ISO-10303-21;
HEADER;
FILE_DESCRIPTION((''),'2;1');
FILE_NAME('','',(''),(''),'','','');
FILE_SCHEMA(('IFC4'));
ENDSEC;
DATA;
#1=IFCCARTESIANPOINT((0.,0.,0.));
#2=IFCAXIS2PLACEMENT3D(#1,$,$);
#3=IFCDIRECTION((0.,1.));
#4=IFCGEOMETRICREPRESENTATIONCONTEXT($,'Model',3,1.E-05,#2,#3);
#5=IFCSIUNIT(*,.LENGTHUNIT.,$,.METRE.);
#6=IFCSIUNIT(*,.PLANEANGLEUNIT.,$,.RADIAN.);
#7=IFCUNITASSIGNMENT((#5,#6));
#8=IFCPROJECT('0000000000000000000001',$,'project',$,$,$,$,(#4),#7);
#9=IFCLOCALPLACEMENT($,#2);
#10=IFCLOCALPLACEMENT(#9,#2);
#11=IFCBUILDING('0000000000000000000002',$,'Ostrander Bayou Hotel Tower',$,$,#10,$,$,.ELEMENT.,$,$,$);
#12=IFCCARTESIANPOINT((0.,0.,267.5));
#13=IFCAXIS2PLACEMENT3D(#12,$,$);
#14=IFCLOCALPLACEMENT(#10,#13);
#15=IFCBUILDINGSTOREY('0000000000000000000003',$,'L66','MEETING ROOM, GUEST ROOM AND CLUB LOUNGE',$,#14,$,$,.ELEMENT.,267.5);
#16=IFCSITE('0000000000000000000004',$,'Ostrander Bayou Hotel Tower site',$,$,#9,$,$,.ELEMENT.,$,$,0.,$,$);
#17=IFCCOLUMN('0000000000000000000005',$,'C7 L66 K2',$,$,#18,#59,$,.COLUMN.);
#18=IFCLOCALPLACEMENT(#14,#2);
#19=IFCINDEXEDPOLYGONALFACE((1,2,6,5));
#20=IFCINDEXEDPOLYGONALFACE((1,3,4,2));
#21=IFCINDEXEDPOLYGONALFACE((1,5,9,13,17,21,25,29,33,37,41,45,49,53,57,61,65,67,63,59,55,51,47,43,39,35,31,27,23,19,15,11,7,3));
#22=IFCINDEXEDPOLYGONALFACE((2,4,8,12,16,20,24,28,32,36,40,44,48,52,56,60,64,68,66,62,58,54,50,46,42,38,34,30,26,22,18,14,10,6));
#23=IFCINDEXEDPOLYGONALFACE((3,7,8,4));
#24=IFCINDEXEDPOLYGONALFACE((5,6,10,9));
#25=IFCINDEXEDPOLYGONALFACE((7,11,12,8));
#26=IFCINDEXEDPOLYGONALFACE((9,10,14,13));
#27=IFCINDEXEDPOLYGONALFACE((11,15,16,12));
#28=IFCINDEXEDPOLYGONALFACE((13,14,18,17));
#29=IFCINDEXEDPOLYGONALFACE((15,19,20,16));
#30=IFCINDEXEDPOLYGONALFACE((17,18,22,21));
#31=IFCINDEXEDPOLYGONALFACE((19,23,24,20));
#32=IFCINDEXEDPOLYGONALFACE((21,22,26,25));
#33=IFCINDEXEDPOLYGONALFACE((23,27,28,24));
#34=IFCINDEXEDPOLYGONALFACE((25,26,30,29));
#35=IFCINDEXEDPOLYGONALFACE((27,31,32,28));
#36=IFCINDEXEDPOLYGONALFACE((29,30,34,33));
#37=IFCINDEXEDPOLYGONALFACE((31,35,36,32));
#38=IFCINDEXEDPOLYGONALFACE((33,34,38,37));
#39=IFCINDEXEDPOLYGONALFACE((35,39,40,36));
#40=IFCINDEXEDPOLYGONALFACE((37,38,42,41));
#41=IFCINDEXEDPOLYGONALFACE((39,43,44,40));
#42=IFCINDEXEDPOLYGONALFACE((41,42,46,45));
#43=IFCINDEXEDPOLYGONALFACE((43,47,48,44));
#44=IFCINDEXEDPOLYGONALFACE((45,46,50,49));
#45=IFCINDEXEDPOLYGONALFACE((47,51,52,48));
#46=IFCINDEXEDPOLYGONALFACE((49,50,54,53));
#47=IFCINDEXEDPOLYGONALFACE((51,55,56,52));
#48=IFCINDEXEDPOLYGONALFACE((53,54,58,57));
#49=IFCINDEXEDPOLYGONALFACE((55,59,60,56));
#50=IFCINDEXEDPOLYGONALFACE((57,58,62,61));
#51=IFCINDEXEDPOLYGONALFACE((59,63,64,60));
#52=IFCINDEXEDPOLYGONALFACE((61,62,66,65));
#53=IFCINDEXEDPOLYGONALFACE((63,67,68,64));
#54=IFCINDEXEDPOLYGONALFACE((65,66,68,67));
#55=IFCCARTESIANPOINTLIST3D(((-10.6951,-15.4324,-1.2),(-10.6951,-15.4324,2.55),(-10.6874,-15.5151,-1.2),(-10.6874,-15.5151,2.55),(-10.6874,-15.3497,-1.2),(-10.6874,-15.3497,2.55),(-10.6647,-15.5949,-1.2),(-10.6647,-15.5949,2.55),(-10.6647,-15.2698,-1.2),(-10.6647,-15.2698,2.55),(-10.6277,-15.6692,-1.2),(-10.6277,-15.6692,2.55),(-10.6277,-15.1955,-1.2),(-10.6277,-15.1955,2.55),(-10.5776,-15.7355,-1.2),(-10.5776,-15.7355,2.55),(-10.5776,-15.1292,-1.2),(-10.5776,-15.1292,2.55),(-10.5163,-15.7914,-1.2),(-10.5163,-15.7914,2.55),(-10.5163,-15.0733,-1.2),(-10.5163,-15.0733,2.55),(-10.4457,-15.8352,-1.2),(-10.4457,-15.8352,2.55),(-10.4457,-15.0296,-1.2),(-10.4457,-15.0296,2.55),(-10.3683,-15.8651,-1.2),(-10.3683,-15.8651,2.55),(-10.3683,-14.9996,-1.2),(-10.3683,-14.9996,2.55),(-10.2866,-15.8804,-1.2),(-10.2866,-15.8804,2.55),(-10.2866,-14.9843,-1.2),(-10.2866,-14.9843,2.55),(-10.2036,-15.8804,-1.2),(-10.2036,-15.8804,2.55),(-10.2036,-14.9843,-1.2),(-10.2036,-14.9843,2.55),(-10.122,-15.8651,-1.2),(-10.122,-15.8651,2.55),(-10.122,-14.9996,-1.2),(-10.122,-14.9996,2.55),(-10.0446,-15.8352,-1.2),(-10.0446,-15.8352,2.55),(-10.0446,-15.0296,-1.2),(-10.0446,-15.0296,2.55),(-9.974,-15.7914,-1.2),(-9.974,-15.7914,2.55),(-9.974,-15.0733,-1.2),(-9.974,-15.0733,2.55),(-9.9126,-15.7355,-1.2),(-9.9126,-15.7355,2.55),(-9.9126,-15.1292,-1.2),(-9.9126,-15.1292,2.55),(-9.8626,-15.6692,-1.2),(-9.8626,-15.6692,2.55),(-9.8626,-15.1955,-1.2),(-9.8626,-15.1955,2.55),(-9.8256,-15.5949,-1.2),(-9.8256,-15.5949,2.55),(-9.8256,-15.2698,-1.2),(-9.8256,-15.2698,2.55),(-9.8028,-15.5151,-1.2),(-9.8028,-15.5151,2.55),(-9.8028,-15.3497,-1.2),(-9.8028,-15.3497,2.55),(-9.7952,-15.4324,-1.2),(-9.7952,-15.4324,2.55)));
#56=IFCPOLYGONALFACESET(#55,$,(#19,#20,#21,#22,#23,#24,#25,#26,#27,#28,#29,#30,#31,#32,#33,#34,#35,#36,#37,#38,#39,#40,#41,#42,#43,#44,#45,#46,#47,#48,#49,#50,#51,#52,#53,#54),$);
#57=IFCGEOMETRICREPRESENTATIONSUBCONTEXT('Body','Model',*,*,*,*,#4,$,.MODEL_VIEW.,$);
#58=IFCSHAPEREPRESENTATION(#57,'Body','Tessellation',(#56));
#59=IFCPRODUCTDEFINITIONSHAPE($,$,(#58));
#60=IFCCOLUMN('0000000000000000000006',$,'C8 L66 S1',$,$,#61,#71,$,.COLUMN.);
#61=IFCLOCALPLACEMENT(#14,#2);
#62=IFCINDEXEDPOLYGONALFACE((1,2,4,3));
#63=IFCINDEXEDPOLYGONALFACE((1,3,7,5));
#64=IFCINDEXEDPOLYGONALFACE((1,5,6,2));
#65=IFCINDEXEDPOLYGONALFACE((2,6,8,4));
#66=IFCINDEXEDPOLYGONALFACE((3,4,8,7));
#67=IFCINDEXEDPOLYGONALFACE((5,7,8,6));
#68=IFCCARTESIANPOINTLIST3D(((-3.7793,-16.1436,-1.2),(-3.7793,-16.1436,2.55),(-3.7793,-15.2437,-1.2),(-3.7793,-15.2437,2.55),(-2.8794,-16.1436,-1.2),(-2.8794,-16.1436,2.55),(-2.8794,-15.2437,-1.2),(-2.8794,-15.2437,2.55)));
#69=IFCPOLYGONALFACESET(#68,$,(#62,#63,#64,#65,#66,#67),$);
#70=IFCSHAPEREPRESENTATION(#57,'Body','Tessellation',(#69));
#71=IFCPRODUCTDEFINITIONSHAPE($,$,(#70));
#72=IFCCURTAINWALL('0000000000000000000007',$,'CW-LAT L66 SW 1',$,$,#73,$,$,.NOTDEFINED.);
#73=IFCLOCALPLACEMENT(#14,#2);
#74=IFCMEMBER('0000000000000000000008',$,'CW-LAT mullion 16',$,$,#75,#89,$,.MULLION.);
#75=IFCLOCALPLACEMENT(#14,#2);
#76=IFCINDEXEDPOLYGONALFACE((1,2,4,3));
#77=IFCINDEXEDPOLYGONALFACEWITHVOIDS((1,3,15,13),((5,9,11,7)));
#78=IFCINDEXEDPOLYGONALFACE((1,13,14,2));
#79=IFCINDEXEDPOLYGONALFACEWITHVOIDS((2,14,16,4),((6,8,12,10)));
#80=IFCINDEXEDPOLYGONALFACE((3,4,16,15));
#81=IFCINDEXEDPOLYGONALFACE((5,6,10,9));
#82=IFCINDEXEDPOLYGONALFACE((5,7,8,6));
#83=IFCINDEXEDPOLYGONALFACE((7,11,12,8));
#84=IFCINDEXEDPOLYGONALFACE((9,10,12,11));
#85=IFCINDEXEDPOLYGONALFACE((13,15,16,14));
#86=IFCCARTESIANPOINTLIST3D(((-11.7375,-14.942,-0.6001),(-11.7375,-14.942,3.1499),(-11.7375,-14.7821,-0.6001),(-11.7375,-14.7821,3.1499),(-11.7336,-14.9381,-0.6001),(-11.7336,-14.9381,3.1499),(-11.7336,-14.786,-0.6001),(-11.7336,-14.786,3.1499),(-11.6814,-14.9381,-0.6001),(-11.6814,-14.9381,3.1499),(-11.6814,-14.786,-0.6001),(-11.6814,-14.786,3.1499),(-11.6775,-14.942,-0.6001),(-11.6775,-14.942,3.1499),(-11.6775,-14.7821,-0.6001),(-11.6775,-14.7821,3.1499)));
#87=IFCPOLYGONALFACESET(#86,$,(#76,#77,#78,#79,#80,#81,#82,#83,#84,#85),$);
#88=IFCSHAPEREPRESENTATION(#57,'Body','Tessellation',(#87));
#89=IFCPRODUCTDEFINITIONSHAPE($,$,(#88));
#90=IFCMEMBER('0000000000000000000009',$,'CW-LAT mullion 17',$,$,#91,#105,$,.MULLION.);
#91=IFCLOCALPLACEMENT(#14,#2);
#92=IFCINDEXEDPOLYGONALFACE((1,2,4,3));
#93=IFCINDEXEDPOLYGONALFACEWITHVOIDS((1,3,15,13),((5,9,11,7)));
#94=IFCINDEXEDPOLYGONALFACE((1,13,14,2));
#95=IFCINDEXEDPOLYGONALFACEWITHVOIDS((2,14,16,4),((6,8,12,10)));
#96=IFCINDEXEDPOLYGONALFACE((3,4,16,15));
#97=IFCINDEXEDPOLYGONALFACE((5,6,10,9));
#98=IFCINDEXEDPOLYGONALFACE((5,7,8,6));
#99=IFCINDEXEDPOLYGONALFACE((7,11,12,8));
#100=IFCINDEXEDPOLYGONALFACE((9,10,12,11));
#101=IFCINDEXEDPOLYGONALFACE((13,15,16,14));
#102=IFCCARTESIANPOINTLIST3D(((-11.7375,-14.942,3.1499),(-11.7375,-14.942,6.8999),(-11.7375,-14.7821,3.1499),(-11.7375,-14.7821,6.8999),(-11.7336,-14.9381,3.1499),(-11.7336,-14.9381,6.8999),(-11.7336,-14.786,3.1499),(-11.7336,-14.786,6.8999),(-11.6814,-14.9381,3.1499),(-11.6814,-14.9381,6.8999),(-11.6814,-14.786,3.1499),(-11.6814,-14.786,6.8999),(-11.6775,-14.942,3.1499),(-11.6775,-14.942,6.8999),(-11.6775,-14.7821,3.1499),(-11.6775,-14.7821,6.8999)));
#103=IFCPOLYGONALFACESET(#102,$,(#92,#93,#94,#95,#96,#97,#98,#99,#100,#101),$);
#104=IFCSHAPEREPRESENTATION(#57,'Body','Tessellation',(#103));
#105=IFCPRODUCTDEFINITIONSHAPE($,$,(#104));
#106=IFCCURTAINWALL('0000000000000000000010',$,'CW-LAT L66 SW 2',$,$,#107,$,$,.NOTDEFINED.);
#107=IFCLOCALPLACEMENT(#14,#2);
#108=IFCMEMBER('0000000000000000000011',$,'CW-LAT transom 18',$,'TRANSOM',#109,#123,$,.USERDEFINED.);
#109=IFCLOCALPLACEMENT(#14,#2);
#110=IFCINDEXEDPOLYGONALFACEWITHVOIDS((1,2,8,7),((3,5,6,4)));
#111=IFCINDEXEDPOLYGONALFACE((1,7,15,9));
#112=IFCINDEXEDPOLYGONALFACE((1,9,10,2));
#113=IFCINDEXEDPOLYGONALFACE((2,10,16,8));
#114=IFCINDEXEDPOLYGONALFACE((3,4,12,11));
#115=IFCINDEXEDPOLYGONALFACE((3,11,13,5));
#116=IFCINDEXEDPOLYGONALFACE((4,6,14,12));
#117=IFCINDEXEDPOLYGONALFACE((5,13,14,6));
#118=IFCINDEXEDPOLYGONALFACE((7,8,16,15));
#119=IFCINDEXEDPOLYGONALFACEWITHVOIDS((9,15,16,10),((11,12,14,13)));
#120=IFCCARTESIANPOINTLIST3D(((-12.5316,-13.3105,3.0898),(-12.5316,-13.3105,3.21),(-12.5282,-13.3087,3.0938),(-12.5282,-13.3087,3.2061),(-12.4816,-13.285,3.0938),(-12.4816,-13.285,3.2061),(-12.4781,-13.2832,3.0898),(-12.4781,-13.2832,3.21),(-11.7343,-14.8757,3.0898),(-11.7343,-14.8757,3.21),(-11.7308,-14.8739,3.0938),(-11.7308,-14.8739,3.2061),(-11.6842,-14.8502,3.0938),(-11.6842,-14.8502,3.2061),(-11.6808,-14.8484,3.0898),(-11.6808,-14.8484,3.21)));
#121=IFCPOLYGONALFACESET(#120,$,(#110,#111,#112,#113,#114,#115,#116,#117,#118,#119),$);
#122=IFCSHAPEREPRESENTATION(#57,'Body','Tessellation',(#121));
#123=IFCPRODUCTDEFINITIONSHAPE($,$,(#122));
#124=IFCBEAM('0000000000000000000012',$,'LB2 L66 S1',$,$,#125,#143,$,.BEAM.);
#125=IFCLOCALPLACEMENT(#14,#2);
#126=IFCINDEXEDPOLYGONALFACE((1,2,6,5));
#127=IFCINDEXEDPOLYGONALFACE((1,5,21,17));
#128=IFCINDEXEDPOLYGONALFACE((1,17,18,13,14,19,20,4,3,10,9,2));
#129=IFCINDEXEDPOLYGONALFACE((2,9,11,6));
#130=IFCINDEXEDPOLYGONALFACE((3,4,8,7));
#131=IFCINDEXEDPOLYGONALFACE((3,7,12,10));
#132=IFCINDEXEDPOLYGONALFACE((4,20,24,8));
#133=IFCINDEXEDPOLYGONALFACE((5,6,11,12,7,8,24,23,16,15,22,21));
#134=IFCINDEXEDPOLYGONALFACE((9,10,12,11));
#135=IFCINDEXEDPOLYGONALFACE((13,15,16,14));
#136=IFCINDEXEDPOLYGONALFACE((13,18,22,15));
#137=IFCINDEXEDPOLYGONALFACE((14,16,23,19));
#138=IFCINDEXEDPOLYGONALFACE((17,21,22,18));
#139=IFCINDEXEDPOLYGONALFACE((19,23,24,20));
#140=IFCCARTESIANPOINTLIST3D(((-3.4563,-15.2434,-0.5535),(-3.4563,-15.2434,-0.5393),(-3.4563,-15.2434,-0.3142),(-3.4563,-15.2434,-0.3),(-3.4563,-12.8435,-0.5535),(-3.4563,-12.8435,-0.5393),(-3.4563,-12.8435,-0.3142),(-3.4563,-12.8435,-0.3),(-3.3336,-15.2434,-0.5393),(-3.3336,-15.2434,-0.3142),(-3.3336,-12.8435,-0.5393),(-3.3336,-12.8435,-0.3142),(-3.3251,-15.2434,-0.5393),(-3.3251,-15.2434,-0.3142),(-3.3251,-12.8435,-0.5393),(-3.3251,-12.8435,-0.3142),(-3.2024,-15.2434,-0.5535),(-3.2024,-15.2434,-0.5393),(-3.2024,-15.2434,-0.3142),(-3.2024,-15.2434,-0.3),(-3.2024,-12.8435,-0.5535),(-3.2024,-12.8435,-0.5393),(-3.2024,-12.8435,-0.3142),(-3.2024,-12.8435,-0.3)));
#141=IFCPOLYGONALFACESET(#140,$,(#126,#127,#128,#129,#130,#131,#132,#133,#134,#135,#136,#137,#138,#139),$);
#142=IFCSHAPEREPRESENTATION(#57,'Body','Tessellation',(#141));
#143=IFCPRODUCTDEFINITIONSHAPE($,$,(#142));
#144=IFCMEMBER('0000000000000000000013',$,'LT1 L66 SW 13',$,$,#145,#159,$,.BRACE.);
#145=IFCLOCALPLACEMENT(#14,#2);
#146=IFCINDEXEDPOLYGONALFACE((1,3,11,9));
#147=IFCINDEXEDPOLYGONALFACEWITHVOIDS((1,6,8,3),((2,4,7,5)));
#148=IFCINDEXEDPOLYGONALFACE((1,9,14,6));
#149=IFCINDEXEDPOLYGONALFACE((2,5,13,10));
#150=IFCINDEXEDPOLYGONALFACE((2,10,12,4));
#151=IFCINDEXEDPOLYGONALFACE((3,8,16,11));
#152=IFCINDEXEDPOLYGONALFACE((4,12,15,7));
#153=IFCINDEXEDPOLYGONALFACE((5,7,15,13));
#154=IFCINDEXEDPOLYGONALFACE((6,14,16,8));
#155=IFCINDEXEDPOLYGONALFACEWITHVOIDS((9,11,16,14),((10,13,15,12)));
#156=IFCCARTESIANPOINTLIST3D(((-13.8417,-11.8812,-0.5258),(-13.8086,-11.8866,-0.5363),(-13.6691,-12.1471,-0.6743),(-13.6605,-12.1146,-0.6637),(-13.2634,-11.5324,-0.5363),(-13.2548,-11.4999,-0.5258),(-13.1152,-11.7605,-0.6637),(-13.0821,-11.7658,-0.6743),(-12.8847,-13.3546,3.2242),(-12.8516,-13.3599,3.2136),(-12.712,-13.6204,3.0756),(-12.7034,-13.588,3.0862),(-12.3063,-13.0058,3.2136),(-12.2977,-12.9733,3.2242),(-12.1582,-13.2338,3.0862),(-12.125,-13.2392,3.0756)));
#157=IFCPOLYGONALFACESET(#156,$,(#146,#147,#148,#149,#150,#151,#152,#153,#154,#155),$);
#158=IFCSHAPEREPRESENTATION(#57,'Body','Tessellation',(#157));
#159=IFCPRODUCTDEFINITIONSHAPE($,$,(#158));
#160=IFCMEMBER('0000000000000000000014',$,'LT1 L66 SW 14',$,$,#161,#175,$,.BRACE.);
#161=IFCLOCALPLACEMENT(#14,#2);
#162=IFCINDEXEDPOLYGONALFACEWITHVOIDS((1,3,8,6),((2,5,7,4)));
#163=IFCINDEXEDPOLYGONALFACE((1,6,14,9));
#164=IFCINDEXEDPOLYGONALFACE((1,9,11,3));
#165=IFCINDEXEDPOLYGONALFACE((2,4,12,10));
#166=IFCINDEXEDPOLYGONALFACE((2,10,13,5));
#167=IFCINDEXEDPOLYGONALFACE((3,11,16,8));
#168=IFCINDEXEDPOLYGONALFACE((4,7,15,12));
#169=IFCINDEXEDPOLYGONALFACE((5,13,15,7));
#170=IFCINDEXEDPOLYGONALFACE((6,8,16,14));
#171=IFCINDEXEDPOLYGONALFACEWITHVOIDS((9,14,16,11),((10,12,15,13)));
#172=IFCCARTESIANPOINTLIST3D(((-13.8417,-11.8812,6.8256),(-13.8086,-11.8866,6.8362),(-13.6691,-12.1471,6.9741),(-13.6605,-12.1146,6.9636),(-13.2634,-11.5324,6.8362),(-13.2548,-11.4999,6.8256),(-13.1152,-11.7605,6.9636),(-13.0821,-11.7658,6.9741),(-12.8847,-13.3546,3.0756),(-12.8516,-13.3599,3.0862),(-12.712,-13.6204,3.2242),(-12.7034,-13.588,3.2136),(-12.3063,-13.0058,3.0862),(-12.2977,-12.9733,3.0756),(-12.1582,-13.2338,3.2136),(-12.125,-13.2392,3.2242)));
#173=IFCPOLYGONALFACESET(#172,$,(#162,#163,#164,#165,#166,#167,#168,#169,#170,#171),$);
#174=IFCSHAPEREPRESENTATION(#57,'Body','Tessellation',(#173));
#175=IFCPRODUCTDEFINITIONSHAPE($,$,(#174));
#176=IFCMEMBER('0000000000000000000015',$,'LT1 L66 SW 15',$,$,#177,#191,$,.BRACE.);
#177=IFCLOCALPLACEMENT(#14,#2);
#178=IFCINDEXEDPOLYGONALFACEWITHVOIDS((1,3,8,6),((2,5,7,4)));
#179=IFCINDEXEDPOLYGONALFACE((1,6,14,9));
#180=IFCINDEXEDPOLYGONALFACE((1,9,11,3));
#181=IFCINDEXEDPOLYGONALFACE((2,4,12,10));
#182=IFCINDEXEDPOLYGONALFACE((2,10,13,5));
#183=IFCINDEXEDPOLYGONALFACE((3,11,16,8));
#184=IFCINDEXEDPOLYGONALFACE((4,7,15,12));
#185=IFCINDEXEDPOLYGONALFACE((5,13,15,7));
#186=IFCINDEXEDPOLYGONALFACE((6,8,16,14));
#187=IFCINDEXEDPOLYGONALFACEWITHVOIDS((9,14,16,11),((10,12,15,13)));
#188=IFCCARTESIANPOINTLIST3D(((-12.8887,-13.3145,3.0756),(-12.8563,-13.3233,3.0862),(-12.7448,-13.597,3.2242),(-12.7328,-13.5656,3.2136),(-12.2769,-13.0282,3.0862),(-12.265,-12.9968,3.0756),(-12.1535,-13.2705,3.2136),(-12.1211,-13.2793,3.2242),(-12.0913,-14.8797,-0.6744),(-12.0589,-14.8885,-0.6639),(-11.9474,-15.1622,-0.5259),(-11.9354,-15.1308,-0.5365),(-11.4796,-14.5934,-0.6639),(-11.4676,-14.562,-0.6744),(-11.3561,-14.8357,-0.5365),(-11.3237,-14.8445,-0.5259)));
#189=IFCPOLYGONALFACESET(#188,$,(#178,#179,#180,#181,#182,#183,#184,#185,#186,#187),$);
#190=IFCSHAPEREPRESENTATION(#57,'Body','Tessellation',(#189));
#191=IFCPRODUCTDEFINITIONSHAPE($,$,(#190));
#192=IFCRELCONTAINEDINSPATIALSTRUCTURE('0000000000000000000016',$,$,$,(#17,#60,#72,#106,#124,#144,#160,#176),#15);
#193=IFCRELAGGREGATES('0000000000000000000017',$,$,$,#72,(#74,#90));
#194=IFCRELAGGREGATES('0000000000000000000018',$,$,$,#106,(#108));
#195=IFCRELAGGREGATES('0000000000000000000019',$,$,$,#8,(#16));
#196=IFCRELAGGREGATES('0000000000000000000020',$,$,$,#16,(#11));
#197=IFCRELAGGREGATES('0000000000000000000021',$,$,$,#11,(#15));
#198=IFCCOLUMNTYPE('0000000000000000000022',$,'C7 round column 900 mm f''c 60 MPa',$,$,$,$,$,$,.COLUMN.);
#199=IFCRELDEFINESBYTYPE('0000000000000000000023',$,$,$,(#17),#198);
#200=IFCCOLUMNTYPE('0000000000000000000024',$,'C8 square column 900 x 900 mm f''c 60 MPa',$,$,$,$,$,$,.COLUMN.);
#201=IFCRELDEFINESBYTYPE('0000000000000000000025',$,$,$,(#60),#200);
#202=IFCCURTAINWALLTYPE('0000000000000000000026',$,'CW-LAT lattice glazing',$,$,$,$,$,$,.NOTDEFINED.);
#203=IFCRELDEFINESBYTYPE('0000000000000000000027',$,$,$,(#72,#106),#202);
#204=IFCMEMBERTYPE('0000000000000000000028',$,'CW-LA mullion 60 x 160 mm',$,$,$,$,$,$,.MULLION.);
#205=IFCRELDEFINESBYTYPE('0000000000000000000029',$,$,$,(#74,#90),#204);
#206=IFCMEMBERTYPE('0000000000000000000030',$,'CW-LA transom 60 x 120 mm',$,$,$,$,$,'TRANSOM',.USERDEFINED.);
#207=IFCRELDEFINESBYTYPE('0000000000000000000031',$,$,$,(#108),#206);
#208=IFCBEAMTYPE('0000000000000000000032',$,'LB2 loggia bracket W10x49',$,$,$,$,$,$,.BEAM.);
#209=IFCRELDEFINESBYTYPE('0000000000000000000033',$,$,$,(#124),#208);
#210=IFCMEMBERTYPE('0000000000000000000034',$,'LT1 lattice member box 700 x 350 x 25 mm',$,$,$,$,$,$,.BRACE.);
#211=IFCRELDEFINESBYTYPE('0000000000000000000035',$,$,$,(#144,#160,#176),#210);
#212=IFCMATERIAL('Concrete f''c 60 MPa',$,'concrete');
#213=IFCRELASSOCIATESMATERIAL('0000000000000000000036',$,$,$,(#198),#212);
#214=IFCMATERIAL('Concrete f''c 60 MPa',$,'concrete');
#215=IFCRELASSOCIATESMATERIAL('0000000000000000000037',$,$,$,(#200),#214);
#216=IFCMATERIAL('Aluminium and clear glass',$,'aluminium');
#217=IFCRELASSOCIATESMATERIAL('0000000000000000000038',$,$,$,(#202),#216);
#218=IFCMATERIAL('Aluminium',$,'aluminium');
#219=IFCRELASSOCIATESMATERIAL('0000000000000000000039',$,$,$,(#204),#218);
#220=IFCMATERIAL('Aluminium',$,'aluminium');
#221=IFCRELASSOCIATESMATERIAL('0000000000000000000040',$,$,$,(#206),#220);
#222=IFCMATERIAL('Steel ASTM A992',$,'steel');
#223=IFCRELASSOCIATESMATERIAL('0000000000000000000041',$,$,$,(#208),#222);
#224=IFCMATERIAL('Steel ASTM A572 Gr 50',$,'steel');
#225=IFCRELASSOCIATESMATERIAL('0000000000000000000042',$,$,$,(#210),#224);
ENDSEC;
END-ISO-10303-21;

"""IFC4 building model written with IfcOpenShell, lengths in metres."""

from ifc_helpers import new_model, si_unit, direction, frame, origin, origin_2d, place, context, subcontext, project, spatial, rectangle, hollow_rectangle, circle, i_section, extrude, material, material_profile, profile_set, type_object, element, aggregate, save


model = new_model("IFC4")

# Units and contexts
model_context = context("Model", 3, precision=1e-05, world=origin(), true_north=direction((0.0, 1.0)))
body_context = subcontext(model_context, "Body", "Model", "MODEL_VIEW")
ifc_project = project(units=[si_unit("LENGTHUNIT", "METRE"), si_unit("PLANEANGLEUNIT", "RADIAN")], contexts=[model_context])

# Site, building, storey
site_placement = place(None, origin())
site = spatial("IfcSite", under=ifc_project, at=site_placement, Name="Ostrander Bayou Hotel Tower site", CompositionType="ELEMENT", RefElevation=0.0)
building_placement = place(site_placement, origin())
building = spatial("IfcBuilding", under=site, at=building_placement, Name="Ostrander Bayou Hotel Tower", CompositionType="ELEMENT")
storey_placement = place(building_placement, frame((0.0, 0.0, 267.5)))
storey = spatial("IfcBuildingStorey", under=building, at=storey_placement, Name="L66", Description="MEETING ROOM, GUEST ROOM AND CLUB LOUNGE", CompositionType="ELEMENT", Elevation=267.5)

# Columns
ifc_material_1 = material(Name="Concrete f'c 60 MPa", Category="concrete")
ifc_material_profile_1 = material_profile(ifc_material_1, circle(Radius=0.45, at=origin_2d()))
ifc_profile_set_1 = profile_set([ifc_material_profile_1], Name="Concrete f'c 60 MPa")
column_type_1 = type_object("IfcColumnType", Name="C7 round column 900 mm f'c 60 MPa", PredefinedType="COLUMN", material=ifc_profile_set_1)
column_1_placement = place(storey_placement, frame((-10.2451, -15.4324, -1.2), z_axis=(0.0, 0.0, 1.0), x_axis=(1.0, 0.0, 0.0)))
element("IfcColumn", 1, at=column_1_placement, inside=storey, type_object=column_type_1, Name="C7 L66 K2", PredefinedType="COLUMN", context=body_context, shape_type="SweptSolid", body=[
    extrude(circle(Radius=0.45, at=origin_2d()), origin(), (0.0, 0.0, 1.0), 3.75),
])
ifc_material_2 = material(Name="Concrete f'c 60 MPa", Category="concrete")
ifc_material_profile_2 = material_profile(ifc_material_2, rectangle(XDim=0.8999, YDim=0.8999, at=origin_2d()))
ifc_profile_set_2 = profile_set([ifc_material_profile_2], Name="Concrete f'c 60 MPa")
column_type_2 = type_object("IfcColumnType", Name="C8 square column 900 x 900 mm f'c 60 MPa", PredefinedType="COLUMN", material=ifc_profile_set_2)
column_2_placement = place(storey_placement, frame((-3.3293, -15.6936, -1.2), z_axis=(0.0, 0.0, 1.0), x_axis=(-1.0, 0.0, 0.0)))
element("IfcColumn", 2, at=column_2_placement, inside=storey, type_object=column_type_2, Name="C8 L66 S1", PredefinedType="COLUMN", context=body_context, shape_type="SweptSolid", body=[
    extrude(rectangle(XDim=0.8999, YDim=0.8999, at=origin_2d()), origin(), (0.0, 0.0, 1.0), 3.75),
])

# Curtain wall, members
ifc_material_3 = material(Name="Aluminium and clear glass", Category="aluminium")
curtain_wall_type = type_object("IfcCurtainWallType", Name="CW-LAT lattice glazing", PredefinedType="NOTDEFINED", material=ifc_material_3)
curtain_wall_1_placement = place(storey_placement, origin())
curtain_wall_1 = element("IfcCurtainWall", 3, at=curtain_wall_1_placement, inside=storey, type_object=curtain_wall_type, Name="CW-LAT L66 SW 1", PredefinedType="NOTDEFINED")
ifc_material_4 = material(Name="Aluminium", Category="aluminium")
ifc_material_profile_3 = material_profile(ifc_material_4, hollow_rectangle(XDim=0.0601, YDim=0.1599, WallThickness=0.0039, at=origin_2d()))
ifc_profile_set_3 = profile_set([ifc_material_profile_3], Name="Aluminium")
member_type_1 = type_object("IfcMemberType", Name="CW-LA mullion 60 x 160 mm", PredefinedType="MULLION", material=ifc_profile_set_3)
member_1_placement = place(storey_placement, frame((-11.7075, -14.8621, -0.6001), z_axis=(0.0, 0.0, 1.0), x_axis=(1.0, 0.0, 0.0)))
member_1 = element("IfcMember", 4, at=member_1_placement, type_object=member_type_1, Name="CW-LAT mullion 16", PredefinedType="MULLION", context=body_context, shape_type="SweptSolid", body=[
    extrude(hollow_rectangle(XDim=0.0601, YDim=0.1599, WallThickness=0.0039, at=origin_2d()), origin(), (0.0, 0.0, 1.0), 3.75),
])
member_2_placement = place(storey_placement, frame((-11.7075, -14.8621, 3.1499), z_axis=(0.0, 0.0, 1.0), x_axis=(1.0, 0.0, 0.0)))
member_2 = element("IfcMember", 5, at=member_2_placement, type_object=member_type_1, Name="CW-LAT mullion 17", PredefinedType="MULLION", context=body_context, shape_type="SweptSolid", body=[
    extrude(hollow_rectangle(XDim=0.0601, YDim=0.1599, WallThickness=0.0039, at=origin_2d()), origin(), (0.0, 0.0, 1.0), 3.75),
])
aggregate(curtain_wall_1, [member_1, member_2])

# Curtain wall, member
curtain_wall_2_placement = place(storey_placement, origin())
curtain_wall_2 = element("IfcCurtainWall", 6, at=curtain_wall_2_placement, inside=storey, type_object=curtain_wall_type, Name="CW-LAT L66 SW 2", PredefinedType="NOTDEFINED")
ifc_material_5 = material(Name="Aluminium", Category="aluminium")
ifc_material_profile_4 = material_profile(ifc_material_5, hollow_rectangle(XDim=0.0601, YDim=0.1201, WallThickness=0.0039, at=origin_2d()))
ifc_profile_set_4 = profile_set([ifc_material_profile_4], Name="Aluminium")
member_type_2 = type_object("IfcMemberType", Name="CW-LA transom 60 x 120 mm", ElementType="TRANSOM", PredefinedType="USERDEFINED", material=ifc_profile_set_4)
member_3_placement = place(storey_placement, frame((-11.7075, -14.8621, 3.1499), z_axis=(-0.453928, 0.891038, 0.0), x_axis=(-0.891038, -0.453928, 0.0)))
member_3 = element("IfcMember", 7, at=member_3_placement, type_object=member_type_2, Name="CW-LAT transom 18", ObjectType="TRANSOM", PredefinedType="USERDEFINED", context=body_context, shape_type="SweptSolid", body=[
    extrude(hollow_rectangle(XDim=0.0601, YDim=0.1201, WallThickness=0.0039, at=origin_2d()), origin(), (0.0, 0.0, 1.0), 1.7566),
])
aggregate(curtain_wall_2, [member_3])

# Beam
ifc_material_6 = material(Name="Steel ASTM A992", Category="steel")
ifc_material_profile_5 = material_profile(ifc_material_6, i_section(OverallWidth=0.2539, OverallDepth=0.2534, WebThickness=0.0085, FlangeThickness=0.0142, at=origin_2d()))
ifc_profile_set_5 = profile_set([ifc_material_profile_5], Name="Steel ASTM A992")
beam_type_1 = type_object("IfcBeamType", Name="LB2 loggia bracket W10x49", PredefinedType="BEAM", material=ifc_profile_set_5)
beam_1_placement = place(storey_placement, frame((-3.3293, -15.2434, -0.4268), z_axis=(0.0, 1.0, 0.0), x_axis=(-1.0, 0.0, 0.0)))
element("IfcBeam", 8, at=beam_1_placement, inside=storey, type_object=beam_type_1, Name="LB2 L66 S1", PredefinedType="BEAM", context=body_context, shape_type="SweptSolid", body=[
    extrude(i_section(OverallWidth=0.2539, OverallDepth=0.2534, WebThickness=0.0085, FlangeThickness=0.0142, at=origin_2d()), origin(), (0.0, 0.0, 1.0), 2.3999),
])

# Members
ifc_material_7 = material(Name="Steel ASTM A572 Gr 50", Category="steel")
ifc_material_profile_6 = material_profile(ifc_material_7, hollow_rectangle(XDim=0.7, YDim=0.3501, WallThickness=0.0249, at=origin_2d()))
ifc_profile_set_6 = profile_set([ifc_material_profile_6], Name="Steel ASTM A572 Gr 50")
member_type_3 = type_object("IfcMemberType", Name="LT1 lattice member box 700 x 350 x 25 mm", PredefinedType="BRACE", material=ifc_profile_set_6)
for number, where, z_axis, x_axis, name in (
    (9, (-12.5049, -13.2969, 3.1499), (-0.231102, 0.35579, -0.905541), (-0.838618, -0.54472, 0.0), "LT1 L66 SW 13"),
    (10, (-12.5049, -13.2969, 3.1499), (-0.231102, 0.35579, 0.905541), (-0.838618, -0.54472, 0.0), "LT1 L66 SW 14"),
    (11, (-12.5049, -13.2969, 3.1499), (0.192552, -0.37797, -0.905573), (0.891038, 0.453928, 0.0), "LT1 L66 SW 15"),
):
    element("IfcMember", number, at=place(storey_placement, frame(where, z_axis=z_axis, x_axis=x_axis)), inside=storey, type_object=member_type_3, Name=name, PredefinedType="BRACE", context=body_context, shape_type="SweptSolid", body=[
        extrude(hollow_rectangle(XDim=0.7, YDim=0.3501, WallThickness=0.0249, at=origin_2d()), origin(), (0.0, 0.0, 1.0), 4.1411),
    ])

save(model, "model.ifc")
